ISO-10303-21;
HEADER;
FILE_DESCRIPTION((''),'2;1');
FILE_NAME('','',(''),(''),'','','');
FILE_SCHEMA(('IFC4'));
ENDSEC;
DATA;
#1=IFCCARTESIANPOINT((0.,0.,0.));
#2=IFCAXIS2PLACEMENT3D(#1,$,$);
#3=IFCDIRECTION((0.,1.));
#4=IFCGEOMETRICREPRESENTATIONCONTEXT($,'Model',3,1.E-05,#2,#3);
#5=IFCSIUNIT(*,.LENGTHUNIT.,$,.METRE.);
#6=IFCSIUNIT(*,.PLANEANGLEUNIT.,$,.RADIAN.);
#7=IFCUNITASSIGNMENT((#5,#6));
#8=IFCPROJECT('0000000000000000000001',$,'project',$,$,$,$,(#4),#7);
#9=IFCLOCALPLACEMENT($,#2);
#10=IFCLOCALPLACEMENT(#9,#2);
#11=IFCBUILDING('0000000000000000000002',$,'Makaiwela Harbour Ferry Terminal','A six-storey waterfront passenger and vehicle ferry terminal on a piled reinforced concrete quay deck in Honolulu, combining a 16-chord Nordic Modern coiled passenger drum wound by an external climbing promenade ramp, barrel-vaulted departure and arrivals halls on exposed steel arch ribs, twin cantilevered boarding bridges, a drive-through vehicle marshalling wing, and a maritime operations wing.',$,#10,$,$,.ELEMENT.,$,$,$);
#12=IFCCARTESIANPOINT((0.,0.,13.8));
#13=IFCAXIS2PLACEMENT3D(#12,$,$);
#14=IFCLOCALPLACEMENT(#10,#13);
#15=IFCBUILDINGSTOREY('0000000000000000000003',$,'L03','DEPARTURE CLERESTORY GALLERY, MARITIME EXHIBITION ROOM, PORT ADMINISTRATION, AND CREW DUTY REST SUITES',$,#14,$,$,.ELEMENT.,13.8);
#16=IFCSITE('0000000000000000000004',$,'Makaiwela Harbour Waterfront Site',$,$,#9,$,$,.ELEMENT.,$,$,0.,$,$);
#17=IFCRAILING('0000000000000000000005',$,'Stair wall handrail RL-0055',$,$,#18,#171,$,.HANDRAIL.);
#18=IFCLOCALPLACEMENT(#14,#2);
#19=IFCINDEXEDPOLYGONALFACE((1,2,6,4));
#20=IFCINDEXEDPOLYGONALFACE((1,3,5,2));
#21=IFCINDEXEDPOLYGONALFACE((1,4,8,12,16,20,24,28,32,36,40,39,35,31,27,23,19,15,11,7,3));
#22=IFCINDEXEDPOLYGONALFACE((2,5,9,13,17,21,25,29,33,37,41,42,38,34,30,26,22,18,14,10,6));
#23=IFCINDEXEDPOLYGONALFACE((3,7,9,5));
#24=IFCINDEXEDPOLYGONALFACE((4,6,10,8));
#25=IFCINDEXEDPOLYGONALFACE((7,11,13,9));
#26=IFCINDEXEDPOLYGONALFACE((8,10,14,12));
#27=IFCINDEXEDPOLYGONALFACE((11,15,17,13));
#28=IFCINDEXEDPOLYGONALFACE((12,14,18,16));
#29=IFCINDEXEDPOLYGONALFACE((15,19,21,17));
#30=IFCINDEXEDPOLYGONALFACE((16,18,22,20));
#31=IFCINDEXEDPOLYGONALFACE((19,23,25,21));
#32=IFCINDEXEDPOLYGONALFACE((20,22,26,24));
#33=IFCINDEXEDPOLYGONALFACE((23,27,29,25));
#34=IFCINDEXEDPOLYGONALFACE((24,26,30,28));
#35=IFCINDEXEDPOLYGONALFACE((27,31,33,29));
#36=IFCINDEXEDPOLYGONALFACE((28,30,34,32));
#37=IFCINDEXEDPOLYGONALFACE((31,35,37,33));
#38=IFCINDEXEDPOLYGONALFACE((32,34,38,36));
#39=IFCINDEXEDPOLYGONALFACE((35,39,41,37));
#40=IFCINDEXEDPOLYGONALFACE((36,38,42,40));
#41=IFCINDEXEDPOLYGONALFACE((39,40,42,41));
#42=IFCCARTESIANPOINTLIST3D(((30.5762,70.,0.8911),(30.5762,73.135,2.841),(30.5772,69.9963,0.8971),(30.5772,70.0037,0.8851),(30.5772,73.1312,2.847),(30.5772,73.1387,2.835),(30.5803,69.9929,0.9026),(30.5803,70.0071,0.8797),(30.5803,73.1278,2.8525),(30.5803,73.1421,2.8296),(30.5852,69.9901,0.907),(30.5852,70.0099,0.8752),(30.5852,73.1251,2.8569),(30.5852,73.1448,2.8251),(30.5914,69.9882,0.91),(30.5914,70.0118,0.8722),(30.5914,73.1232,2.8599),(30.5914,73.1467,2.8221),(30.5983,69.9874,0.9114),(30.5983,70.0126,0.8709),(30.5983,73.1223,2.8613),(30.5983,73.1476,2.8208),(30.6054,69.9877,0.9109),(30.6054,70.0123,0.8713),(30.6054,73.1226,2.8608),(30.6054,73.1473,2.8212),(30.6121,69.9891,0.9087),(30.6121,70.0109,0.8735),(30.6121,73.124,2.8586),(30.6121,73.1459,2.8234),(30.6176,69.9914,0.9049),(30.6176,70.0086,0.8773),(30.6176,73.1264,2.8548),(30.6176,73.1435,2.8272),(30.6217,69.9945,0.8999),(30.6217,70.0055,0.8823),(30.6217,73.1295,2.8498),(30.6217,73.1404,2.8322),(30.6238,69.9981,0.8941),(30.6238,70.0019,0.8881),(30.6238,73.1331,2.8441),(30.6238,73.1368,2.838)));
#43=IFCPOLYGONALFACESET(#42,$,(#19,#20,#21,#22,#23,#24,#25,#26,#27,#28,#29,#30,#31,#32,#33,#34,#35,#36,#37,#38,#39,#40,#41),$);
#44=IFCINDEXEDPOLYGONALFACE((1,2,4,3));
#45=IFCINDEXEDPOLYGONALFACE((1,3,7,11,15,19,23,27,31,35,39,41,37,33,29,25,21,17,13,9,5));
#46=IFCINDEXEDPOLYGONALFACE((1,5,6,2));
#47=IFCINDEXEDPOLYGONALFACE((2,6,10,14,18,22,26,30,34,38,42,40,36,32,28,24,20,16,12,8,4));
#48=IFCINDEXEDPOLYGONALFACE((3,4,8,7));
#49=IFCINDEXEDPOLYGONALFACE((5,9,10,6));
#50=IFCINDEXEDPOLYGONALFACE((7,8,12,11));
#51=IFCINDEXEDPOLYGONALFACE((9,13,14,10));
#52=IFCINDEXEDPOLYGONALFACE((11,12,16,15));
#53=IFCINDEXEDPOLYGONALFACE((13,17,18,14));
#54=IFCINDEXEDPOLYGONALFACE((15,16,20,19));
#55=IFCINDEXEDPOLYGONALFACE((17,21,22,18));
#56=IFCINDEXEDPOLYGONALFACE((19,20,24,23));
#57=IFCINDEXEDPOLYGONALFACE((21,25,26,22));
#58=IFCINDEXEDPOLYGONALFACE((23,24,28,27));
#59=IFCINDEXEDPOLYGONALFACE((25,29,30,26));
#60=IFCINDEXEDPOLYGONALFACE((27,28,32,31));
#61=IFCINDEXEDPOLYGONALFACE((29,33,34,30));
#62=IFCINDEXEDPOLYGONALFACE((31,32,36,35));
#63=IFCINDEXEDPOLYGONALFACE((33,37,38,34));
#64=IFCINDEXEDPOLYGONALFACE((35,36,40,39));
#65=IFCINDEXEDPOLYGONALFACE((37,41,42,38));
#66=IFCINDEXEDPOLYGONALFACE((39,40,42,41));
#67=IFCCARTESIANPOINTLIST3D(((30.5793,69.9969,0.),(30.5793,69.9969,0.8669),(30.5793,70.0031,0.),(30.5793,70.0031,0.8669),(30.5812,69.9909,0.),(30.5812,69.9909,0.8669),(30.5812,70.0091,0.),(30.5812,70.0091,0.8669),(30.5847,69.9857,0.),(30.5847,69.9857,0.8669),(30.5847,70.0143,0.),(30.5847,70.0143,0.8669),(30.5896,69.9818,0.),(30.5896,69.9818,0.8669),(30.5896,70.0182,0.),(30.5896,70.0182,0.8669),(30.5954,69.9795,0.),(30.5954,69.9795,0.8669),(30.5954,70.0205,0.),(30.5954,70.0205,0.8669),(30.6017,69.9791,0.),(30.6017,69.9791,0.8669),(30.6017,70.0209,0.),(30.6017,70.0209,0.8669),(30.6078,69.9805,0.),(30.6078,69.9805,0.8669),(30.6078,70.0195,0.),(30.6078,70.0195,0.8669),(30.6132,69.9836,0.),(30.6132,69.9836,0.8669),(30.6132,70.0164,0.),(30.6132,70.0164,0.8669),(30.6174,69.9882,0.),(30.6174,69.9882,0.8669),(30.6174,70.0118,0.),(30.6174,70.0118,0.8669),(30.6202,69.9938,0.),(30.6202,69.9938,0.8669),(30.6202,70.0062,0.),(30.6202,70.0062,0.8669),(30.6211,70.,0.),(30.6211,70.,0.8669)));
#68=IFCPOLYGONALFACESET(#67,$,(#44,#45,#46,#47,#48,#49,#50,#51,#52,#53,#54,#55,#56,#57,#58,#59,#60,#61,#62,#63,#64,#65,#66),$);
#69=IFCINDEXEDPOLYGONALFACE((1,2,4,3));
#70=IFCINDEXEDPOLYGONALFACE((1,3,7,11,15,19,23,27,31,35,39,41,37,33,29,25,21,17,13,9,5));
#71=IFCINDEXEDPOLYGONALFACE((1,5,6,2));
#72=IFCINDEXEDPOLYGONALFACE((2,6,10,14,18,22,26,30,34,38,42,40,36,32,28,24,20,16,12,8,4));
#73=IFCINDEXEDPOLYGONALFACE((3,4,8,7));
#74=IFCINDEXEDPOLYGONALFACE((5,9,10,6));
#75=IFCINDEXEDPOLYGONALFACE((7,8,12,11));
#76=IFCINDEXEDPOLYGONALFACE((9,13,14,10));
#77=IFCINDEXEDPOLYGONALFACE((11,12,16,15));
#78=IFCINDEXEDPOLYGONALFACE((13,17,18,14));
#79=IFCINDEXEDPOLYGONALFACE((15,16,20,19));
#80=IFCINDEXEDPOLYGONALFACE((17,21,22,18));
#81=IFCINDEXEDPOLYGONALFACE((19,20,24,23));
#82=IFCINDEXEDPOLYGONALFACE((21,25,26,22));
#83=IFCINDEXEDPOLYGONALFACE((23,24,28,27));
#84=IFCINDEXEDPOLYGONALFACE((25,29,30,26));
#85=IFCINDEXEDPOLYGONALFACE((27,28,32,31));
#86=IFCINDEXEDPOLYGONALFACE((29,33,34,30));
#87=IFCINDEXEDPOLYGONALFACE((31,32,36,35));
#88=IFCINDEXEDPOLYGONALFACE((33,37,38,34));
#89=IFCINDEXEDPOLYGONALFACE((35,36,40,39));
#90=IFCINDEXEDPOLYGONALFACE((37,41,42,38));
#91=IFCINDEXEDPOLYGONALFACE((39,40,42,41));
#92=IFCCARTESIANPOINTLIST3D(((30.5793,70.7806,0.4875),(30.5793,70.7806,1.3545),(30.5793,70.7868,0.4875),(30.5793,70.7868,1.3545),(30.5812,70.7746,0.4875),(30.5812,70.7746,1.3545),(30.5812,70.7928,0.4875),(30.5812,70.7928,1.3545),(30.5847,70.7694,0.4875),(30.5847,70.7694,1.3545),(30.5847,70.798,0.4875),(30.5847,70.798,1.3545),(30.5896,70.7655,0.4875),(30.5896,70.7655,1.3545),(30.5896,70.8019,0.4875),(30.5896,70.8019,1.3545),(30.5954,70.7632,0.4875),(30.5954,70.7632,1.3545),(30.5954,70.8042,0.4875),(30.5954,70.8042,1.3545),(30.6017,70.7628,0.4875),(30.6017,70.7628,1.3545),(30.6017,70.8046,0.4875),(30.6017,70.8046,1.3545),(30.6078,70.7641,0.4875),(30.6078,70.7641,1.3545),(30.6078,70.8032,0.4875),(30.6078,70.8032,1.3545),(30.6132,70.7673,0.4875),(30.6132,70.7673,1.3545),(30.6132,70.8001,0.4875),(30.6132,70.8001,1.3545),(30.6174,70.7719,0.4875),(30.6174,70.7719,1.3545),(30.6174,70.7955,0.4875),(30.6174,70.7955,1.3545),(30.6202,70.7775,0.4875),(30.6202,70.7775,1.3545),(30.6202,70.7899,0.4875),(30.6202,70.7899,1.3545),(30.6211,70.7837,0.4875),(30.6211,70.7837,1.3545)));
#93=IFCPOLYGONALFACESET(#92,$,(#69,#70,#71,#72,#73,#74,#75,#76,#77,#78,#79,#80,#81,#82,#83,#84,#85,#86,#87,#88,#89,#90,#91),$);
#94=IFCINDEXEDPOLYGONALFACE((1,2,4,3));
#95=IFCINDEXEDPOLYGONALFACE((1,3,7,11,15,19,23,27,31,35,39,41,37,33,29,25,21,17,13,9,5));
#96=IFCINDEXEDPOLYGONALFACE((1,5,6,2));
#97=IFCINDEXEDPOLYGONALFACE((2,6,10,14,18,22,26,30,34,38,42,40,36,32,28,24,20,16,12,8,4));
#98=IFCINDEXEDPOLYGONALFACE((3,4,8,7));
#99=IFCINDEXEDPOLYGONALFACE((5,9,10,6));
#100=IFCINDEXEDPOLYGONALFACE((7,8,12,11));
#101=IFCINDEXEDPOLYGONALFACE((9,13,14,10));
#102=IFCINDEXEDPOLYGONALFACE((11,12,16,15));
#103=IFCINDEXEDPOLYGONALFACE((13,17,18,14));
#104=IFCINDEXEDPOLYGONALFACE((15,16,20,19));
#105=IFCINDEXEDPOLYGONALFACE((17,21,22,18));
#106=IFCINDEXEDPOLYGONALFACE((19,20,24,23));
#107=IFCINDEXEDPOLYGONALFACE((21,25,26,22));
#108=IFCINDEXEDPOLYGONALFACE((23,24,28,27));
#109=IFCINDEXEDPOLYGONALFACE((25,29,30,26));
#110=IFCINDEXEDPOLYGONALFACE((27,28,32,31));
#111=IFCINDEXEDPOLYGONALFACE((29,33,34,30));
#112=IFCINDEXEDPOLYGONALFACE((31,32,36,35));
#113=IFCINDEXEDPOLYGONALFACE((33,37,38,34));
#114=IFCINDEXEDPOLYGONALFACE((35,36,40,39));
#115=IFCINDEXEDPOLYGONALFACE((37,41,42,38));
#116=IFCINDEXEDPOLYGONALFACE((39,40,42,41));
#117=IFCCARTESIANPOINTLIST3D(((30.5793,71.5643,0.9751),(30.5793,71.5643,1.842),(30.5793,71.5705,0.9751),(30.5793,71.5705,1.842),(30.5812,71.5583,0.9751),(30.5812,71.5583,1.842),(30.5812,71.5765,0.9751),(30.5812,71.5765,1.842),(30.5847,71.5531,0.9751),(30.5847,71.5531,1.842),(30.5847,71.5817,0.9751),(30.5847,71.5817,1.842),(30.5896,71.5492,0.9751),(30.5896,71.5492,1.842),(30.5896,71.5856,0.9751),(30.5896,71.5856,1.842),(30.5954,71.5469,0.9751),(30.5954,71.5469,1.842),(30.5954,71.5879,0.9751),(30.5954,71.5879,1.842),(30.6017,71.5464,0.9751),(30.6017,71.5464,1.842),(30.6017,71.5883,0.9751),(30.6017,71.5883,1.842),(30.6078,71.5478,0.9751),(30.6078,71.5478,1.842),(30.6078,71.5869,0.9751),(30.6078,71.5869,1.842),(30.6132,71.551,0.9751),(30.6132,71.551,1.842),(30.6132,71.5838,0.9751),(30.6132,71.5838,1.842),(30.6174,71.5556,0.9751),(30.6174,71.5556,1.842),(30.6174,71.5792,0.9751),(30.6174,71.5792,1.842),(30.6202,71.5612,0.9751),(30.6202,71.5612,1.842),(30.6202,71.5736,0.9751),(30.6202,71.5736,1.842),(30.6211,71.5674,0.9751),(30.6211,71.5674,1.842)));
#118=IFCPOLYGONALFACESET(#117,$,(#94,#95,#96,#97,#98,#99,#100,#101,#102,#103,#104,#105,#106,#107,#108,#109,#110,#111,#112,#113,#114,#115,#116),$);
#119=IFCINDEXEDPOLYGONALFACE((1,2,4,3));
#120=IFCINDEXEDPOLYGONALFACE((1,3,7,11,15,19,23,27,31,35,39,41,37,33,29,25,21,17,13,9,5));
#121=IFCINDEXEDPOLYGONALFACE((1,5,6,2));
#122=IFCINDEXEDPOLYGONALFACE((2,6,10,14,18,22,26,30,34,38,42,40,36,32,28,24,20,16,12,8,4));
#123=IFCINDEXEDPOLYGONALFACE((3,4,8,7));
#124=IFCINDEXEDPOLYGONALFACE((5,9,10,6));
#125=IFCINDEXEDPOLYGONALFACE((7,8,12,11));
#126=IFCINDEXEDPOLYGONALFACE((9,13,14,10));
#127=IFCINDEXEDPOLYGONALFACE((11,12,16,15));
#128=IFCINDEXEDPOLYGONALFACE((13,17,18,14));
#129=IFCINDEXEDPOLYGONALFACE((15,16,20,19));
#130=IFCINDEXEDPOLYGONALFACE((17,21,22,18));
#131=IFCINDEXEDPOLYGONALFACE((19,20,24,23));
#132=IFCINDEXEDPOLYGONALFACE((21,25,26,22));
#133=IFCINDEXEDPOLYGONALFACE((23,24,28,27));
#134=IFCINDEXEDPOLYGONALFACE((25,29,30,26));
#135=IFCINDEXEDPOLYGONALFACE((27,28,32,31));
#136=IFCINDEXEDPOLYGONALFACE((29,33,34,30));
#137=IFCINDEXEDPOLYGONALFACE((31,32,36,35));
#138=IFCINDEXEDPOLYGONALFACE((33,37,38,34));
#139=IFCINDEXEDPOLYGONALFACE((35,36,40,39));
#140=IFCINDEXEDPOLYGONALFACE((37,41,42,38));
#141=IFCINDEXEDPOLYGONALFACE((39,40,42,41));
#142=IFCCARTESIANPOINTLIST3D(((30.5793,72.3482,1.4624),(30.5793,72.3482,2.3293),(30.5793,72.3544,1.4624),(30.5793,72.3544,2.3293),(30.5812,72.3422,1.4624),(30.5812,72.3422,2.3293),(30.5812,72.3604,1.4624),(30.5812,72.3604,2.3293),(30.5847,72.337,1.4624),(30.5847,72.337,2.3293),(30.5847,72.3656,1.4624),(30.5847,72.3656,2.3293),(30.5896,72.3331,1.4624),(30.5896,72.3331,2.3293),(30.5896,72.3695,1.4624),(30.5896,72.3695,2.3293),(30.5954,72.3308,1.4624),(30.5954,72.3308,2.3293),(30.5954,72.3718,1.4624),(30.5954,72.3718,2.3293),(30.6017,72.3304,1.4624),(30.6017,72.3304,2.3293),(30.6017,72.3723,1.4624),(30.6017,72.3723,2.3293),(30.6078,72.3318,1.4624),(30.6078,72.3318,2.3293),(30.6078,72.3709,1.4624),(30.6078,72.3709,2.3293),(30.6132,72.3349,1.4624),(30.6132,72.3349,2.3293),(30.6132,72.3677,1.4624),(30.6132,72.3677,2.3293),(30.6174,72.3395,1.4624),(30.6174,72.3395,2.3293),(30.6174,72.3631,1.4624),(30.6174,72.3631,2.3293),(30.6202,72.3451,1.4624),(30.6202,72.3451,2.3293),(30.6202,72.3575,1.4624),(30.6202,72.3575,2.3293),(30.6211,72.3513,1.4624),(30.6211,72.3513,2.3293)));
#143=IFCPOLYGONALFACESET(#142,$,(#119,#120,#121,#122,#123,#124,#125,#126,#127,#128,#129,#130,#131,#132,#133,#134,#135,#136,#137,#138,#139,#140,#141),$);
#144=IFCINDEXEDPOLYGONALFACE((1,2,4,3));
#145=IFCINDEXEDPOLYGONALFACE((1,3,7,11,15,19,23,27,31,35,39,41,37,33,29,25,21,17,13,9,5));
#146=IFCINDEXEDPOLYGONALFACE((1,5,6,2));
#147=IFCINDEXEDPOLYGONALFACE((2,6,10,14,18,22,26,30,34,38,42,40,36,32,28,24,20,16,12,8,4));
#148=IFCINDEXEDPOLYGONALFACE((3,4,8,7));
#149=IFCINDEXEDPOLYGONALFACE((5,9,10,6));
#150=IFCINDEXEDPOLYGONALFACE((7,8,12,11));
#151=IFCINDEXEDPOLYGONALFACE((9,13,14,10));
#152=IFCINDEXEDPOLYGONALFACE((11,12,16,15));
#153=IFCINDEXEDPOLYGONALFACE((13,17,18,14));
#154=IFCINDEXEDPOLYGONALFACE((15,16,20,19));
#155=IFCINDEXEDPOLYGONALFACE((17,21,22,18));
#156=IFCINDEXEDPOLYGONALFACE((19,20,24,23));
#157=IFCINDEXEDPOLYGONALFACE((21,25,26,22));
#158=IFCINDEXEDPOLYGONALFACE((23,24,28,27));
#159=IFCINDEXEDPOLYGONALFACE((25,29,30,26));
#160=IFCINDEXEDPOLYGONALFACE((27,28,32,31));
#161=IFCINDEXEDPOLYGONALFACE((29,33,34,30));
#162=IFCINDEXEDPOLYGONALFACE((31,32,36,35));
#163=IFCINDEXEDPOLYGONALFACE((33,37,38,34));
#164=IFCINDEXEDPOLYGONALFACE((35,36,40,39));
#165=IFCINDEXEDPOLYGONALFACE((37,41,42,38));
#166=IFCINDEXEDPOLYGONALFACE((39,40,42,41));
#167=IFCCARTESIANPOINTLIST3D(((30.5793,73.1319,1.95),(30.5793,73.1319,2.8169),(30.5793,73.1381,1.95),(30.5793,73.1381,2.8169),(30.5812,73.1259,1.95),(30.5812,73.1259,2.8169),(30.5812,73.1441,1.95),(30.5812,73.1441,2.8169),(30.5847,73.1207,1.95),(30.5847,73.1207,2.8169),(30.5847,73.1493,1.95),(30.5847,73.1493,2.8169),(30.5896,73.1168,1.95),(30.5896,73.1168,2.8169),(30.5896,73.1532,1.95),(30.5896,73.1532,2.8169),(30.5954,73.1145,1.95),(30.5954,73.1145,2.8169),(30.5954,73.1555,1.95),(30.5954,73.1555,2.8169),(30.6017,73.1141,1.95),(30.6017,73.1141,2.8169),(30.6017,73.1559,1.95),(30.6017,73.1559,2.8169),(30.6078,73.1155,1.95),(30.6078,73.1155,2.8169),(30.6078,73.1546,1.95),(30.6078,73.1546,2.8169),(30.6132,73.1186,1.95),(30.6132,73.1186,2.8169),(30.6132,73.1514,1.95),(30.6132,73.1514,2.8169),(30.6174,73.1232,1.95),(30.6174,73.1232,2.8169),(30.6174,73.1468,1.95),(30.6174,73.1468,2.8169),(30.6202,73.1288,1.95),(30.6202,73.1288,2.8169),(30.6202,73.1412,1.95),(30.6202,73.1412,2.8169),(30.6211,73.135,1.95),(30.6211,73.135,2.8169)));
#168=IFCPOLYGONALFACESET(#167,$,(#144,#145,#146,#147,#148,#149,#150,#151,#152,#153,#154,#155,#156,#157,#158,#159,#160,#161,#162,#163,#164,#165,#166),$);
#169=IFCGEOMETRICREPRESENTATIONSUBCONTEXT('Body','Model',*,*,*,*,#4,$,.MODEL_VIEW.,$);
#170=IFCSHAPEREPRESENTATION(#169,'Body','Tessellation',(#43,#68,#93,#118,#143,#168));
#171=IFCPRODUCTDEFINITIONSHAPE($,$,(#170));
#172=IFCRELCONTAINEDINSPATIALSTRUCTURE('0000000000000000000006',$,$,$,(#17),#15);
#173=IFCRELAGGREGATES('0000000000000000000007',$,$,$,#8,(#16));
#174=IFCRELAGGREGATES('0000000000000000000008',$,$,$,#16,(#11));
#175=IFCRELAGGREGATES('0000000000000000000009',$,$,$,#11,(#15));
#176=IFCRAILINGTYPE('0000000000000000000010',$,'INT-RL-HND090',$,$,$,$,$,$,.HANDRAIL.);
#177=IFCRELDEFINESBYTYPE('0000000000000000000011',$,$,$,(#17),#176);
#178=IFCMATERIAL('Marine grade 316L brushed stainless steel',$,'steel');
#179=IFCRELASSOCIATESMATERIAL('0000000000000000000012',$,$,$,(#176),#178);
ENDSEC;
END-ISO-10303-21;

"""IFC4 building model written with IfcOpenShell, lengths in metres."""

from ifc_helpers import new_model, si_unit, direction, frame, origin, origin_2d, place, context, subcontext, project, spatial, circle, extrude, material, type_object, element, save


model = new_model("IFC4")

# Units and contexts
model_context = context("Model", 3, precision=1e-05, world=origin(), true_north=direction((0.0, 1.0)))
body_context = subcontext(model_context, "Body", "Model", "MODEL_VIEW")
ifc_project = project(units=[si_unit("LENGTHUNIT", "METRE"), si_unit("PLANEANGLEUNIT", "RADIAN")], contexts=[model_context])

# Site, building, storey
site_placement = place(None, origin())
site = spatial("IfcSite", under=ifc_project, at=site_placement, Name="Makaiwela Harbour Waterfront Site", CompositionType="ELEMENT", RefElevation=0.0)
building_placement = place(site_placement, origin())
building = spatial("IfcBuilding", under=site, at=building_placement, Name="Makaiwela Harbour Ferry Terminal", Description="A six-storey waterfront passenger and vehicle ferry terminal on a piled reinforced concrete quay deck in Honolulu, combining a 16-chord Nordic Modern coiled passenger drum wound by an external climbing promenade ramp, barrel-vaulted departure and arrivals halls on exposed steel arch ribs, twin cantilevered boarding bridges, a drive-through vehicle marshalling wing, and a maritime operations wing.", CompositionType="ELEMENT")
storey_placement = place(building_placement, frame((0.0, 0.0, 13.8)))
storey = spatial("IfcBuildingStorey", under=building, at=storey_placement, Name="L03", Description="DEPARTURE CLERESTORY GALLERY, MARITIME EXHIBITION ROOM, PORT ADMINISTRATION, AND CREW DUTY REST SUITES", CompositionType="ELEMENT", Elevation=13.8)

# Shared definitions
ifc_material_1 = material(Name="Marine grade 316L brushed stainless steel", Category="steel")

# Railing
railing_type_1 = type_object("IfcRailingType", Name="INT-RL-HND090", PredefinedType="HANDRAIL", material=ifc_material_1)
railing_1_placement = place(storey_placement, frame((30.6001, 70.0, 0.0)))
element("IfcRailing", 1, at=railing_1_placement, inside=storey, type_object=railing_type_1, Name="Stair wall handrail RL-0055", PredefinedType="HANDRAIL", context=body_context, shape_type="SweptSolid", body=[
    extrude(circle(Radius=0.0239, at=origin_2d()), frame((0.0, 0.0, 0.8911), z_axis=(0.0, 0.849144, 0.528161), x_axis=(-1.0, 0.0, 0.0)), (0.0, 0.0, 1.0), 3.6919),
    extrude(circle(Radius=0.021, at=origin_2d()), origin(), (0.0, 0.0, 1.0), 0.8669),
    extrude(circle(Radius=0.021, at=origin_2d()), frame((0.0, 0.7837, 0.4875)), (0.0, 0.0, 1.0), 0.8669),
    extrude(circle(Radius=0.021, at=origin_2d()), frame((0.0, 1.5674, 0.9751)), (0.0, 0.0, 1.0), 0.8669),
    extrude(circle(Radius=0.021, at=origin_2d()), frame((0.0, 2.3513, 1.4624)), (0.0, 0.0, 1.0), 0.8669),
    extrude(circle(Radius=0.021, at=origin_2d()), frame((0.0, 3.135, 1.95)), (0.0, 0.0, 1.0), 0.8669),
])

save(model, "model.ifc")
